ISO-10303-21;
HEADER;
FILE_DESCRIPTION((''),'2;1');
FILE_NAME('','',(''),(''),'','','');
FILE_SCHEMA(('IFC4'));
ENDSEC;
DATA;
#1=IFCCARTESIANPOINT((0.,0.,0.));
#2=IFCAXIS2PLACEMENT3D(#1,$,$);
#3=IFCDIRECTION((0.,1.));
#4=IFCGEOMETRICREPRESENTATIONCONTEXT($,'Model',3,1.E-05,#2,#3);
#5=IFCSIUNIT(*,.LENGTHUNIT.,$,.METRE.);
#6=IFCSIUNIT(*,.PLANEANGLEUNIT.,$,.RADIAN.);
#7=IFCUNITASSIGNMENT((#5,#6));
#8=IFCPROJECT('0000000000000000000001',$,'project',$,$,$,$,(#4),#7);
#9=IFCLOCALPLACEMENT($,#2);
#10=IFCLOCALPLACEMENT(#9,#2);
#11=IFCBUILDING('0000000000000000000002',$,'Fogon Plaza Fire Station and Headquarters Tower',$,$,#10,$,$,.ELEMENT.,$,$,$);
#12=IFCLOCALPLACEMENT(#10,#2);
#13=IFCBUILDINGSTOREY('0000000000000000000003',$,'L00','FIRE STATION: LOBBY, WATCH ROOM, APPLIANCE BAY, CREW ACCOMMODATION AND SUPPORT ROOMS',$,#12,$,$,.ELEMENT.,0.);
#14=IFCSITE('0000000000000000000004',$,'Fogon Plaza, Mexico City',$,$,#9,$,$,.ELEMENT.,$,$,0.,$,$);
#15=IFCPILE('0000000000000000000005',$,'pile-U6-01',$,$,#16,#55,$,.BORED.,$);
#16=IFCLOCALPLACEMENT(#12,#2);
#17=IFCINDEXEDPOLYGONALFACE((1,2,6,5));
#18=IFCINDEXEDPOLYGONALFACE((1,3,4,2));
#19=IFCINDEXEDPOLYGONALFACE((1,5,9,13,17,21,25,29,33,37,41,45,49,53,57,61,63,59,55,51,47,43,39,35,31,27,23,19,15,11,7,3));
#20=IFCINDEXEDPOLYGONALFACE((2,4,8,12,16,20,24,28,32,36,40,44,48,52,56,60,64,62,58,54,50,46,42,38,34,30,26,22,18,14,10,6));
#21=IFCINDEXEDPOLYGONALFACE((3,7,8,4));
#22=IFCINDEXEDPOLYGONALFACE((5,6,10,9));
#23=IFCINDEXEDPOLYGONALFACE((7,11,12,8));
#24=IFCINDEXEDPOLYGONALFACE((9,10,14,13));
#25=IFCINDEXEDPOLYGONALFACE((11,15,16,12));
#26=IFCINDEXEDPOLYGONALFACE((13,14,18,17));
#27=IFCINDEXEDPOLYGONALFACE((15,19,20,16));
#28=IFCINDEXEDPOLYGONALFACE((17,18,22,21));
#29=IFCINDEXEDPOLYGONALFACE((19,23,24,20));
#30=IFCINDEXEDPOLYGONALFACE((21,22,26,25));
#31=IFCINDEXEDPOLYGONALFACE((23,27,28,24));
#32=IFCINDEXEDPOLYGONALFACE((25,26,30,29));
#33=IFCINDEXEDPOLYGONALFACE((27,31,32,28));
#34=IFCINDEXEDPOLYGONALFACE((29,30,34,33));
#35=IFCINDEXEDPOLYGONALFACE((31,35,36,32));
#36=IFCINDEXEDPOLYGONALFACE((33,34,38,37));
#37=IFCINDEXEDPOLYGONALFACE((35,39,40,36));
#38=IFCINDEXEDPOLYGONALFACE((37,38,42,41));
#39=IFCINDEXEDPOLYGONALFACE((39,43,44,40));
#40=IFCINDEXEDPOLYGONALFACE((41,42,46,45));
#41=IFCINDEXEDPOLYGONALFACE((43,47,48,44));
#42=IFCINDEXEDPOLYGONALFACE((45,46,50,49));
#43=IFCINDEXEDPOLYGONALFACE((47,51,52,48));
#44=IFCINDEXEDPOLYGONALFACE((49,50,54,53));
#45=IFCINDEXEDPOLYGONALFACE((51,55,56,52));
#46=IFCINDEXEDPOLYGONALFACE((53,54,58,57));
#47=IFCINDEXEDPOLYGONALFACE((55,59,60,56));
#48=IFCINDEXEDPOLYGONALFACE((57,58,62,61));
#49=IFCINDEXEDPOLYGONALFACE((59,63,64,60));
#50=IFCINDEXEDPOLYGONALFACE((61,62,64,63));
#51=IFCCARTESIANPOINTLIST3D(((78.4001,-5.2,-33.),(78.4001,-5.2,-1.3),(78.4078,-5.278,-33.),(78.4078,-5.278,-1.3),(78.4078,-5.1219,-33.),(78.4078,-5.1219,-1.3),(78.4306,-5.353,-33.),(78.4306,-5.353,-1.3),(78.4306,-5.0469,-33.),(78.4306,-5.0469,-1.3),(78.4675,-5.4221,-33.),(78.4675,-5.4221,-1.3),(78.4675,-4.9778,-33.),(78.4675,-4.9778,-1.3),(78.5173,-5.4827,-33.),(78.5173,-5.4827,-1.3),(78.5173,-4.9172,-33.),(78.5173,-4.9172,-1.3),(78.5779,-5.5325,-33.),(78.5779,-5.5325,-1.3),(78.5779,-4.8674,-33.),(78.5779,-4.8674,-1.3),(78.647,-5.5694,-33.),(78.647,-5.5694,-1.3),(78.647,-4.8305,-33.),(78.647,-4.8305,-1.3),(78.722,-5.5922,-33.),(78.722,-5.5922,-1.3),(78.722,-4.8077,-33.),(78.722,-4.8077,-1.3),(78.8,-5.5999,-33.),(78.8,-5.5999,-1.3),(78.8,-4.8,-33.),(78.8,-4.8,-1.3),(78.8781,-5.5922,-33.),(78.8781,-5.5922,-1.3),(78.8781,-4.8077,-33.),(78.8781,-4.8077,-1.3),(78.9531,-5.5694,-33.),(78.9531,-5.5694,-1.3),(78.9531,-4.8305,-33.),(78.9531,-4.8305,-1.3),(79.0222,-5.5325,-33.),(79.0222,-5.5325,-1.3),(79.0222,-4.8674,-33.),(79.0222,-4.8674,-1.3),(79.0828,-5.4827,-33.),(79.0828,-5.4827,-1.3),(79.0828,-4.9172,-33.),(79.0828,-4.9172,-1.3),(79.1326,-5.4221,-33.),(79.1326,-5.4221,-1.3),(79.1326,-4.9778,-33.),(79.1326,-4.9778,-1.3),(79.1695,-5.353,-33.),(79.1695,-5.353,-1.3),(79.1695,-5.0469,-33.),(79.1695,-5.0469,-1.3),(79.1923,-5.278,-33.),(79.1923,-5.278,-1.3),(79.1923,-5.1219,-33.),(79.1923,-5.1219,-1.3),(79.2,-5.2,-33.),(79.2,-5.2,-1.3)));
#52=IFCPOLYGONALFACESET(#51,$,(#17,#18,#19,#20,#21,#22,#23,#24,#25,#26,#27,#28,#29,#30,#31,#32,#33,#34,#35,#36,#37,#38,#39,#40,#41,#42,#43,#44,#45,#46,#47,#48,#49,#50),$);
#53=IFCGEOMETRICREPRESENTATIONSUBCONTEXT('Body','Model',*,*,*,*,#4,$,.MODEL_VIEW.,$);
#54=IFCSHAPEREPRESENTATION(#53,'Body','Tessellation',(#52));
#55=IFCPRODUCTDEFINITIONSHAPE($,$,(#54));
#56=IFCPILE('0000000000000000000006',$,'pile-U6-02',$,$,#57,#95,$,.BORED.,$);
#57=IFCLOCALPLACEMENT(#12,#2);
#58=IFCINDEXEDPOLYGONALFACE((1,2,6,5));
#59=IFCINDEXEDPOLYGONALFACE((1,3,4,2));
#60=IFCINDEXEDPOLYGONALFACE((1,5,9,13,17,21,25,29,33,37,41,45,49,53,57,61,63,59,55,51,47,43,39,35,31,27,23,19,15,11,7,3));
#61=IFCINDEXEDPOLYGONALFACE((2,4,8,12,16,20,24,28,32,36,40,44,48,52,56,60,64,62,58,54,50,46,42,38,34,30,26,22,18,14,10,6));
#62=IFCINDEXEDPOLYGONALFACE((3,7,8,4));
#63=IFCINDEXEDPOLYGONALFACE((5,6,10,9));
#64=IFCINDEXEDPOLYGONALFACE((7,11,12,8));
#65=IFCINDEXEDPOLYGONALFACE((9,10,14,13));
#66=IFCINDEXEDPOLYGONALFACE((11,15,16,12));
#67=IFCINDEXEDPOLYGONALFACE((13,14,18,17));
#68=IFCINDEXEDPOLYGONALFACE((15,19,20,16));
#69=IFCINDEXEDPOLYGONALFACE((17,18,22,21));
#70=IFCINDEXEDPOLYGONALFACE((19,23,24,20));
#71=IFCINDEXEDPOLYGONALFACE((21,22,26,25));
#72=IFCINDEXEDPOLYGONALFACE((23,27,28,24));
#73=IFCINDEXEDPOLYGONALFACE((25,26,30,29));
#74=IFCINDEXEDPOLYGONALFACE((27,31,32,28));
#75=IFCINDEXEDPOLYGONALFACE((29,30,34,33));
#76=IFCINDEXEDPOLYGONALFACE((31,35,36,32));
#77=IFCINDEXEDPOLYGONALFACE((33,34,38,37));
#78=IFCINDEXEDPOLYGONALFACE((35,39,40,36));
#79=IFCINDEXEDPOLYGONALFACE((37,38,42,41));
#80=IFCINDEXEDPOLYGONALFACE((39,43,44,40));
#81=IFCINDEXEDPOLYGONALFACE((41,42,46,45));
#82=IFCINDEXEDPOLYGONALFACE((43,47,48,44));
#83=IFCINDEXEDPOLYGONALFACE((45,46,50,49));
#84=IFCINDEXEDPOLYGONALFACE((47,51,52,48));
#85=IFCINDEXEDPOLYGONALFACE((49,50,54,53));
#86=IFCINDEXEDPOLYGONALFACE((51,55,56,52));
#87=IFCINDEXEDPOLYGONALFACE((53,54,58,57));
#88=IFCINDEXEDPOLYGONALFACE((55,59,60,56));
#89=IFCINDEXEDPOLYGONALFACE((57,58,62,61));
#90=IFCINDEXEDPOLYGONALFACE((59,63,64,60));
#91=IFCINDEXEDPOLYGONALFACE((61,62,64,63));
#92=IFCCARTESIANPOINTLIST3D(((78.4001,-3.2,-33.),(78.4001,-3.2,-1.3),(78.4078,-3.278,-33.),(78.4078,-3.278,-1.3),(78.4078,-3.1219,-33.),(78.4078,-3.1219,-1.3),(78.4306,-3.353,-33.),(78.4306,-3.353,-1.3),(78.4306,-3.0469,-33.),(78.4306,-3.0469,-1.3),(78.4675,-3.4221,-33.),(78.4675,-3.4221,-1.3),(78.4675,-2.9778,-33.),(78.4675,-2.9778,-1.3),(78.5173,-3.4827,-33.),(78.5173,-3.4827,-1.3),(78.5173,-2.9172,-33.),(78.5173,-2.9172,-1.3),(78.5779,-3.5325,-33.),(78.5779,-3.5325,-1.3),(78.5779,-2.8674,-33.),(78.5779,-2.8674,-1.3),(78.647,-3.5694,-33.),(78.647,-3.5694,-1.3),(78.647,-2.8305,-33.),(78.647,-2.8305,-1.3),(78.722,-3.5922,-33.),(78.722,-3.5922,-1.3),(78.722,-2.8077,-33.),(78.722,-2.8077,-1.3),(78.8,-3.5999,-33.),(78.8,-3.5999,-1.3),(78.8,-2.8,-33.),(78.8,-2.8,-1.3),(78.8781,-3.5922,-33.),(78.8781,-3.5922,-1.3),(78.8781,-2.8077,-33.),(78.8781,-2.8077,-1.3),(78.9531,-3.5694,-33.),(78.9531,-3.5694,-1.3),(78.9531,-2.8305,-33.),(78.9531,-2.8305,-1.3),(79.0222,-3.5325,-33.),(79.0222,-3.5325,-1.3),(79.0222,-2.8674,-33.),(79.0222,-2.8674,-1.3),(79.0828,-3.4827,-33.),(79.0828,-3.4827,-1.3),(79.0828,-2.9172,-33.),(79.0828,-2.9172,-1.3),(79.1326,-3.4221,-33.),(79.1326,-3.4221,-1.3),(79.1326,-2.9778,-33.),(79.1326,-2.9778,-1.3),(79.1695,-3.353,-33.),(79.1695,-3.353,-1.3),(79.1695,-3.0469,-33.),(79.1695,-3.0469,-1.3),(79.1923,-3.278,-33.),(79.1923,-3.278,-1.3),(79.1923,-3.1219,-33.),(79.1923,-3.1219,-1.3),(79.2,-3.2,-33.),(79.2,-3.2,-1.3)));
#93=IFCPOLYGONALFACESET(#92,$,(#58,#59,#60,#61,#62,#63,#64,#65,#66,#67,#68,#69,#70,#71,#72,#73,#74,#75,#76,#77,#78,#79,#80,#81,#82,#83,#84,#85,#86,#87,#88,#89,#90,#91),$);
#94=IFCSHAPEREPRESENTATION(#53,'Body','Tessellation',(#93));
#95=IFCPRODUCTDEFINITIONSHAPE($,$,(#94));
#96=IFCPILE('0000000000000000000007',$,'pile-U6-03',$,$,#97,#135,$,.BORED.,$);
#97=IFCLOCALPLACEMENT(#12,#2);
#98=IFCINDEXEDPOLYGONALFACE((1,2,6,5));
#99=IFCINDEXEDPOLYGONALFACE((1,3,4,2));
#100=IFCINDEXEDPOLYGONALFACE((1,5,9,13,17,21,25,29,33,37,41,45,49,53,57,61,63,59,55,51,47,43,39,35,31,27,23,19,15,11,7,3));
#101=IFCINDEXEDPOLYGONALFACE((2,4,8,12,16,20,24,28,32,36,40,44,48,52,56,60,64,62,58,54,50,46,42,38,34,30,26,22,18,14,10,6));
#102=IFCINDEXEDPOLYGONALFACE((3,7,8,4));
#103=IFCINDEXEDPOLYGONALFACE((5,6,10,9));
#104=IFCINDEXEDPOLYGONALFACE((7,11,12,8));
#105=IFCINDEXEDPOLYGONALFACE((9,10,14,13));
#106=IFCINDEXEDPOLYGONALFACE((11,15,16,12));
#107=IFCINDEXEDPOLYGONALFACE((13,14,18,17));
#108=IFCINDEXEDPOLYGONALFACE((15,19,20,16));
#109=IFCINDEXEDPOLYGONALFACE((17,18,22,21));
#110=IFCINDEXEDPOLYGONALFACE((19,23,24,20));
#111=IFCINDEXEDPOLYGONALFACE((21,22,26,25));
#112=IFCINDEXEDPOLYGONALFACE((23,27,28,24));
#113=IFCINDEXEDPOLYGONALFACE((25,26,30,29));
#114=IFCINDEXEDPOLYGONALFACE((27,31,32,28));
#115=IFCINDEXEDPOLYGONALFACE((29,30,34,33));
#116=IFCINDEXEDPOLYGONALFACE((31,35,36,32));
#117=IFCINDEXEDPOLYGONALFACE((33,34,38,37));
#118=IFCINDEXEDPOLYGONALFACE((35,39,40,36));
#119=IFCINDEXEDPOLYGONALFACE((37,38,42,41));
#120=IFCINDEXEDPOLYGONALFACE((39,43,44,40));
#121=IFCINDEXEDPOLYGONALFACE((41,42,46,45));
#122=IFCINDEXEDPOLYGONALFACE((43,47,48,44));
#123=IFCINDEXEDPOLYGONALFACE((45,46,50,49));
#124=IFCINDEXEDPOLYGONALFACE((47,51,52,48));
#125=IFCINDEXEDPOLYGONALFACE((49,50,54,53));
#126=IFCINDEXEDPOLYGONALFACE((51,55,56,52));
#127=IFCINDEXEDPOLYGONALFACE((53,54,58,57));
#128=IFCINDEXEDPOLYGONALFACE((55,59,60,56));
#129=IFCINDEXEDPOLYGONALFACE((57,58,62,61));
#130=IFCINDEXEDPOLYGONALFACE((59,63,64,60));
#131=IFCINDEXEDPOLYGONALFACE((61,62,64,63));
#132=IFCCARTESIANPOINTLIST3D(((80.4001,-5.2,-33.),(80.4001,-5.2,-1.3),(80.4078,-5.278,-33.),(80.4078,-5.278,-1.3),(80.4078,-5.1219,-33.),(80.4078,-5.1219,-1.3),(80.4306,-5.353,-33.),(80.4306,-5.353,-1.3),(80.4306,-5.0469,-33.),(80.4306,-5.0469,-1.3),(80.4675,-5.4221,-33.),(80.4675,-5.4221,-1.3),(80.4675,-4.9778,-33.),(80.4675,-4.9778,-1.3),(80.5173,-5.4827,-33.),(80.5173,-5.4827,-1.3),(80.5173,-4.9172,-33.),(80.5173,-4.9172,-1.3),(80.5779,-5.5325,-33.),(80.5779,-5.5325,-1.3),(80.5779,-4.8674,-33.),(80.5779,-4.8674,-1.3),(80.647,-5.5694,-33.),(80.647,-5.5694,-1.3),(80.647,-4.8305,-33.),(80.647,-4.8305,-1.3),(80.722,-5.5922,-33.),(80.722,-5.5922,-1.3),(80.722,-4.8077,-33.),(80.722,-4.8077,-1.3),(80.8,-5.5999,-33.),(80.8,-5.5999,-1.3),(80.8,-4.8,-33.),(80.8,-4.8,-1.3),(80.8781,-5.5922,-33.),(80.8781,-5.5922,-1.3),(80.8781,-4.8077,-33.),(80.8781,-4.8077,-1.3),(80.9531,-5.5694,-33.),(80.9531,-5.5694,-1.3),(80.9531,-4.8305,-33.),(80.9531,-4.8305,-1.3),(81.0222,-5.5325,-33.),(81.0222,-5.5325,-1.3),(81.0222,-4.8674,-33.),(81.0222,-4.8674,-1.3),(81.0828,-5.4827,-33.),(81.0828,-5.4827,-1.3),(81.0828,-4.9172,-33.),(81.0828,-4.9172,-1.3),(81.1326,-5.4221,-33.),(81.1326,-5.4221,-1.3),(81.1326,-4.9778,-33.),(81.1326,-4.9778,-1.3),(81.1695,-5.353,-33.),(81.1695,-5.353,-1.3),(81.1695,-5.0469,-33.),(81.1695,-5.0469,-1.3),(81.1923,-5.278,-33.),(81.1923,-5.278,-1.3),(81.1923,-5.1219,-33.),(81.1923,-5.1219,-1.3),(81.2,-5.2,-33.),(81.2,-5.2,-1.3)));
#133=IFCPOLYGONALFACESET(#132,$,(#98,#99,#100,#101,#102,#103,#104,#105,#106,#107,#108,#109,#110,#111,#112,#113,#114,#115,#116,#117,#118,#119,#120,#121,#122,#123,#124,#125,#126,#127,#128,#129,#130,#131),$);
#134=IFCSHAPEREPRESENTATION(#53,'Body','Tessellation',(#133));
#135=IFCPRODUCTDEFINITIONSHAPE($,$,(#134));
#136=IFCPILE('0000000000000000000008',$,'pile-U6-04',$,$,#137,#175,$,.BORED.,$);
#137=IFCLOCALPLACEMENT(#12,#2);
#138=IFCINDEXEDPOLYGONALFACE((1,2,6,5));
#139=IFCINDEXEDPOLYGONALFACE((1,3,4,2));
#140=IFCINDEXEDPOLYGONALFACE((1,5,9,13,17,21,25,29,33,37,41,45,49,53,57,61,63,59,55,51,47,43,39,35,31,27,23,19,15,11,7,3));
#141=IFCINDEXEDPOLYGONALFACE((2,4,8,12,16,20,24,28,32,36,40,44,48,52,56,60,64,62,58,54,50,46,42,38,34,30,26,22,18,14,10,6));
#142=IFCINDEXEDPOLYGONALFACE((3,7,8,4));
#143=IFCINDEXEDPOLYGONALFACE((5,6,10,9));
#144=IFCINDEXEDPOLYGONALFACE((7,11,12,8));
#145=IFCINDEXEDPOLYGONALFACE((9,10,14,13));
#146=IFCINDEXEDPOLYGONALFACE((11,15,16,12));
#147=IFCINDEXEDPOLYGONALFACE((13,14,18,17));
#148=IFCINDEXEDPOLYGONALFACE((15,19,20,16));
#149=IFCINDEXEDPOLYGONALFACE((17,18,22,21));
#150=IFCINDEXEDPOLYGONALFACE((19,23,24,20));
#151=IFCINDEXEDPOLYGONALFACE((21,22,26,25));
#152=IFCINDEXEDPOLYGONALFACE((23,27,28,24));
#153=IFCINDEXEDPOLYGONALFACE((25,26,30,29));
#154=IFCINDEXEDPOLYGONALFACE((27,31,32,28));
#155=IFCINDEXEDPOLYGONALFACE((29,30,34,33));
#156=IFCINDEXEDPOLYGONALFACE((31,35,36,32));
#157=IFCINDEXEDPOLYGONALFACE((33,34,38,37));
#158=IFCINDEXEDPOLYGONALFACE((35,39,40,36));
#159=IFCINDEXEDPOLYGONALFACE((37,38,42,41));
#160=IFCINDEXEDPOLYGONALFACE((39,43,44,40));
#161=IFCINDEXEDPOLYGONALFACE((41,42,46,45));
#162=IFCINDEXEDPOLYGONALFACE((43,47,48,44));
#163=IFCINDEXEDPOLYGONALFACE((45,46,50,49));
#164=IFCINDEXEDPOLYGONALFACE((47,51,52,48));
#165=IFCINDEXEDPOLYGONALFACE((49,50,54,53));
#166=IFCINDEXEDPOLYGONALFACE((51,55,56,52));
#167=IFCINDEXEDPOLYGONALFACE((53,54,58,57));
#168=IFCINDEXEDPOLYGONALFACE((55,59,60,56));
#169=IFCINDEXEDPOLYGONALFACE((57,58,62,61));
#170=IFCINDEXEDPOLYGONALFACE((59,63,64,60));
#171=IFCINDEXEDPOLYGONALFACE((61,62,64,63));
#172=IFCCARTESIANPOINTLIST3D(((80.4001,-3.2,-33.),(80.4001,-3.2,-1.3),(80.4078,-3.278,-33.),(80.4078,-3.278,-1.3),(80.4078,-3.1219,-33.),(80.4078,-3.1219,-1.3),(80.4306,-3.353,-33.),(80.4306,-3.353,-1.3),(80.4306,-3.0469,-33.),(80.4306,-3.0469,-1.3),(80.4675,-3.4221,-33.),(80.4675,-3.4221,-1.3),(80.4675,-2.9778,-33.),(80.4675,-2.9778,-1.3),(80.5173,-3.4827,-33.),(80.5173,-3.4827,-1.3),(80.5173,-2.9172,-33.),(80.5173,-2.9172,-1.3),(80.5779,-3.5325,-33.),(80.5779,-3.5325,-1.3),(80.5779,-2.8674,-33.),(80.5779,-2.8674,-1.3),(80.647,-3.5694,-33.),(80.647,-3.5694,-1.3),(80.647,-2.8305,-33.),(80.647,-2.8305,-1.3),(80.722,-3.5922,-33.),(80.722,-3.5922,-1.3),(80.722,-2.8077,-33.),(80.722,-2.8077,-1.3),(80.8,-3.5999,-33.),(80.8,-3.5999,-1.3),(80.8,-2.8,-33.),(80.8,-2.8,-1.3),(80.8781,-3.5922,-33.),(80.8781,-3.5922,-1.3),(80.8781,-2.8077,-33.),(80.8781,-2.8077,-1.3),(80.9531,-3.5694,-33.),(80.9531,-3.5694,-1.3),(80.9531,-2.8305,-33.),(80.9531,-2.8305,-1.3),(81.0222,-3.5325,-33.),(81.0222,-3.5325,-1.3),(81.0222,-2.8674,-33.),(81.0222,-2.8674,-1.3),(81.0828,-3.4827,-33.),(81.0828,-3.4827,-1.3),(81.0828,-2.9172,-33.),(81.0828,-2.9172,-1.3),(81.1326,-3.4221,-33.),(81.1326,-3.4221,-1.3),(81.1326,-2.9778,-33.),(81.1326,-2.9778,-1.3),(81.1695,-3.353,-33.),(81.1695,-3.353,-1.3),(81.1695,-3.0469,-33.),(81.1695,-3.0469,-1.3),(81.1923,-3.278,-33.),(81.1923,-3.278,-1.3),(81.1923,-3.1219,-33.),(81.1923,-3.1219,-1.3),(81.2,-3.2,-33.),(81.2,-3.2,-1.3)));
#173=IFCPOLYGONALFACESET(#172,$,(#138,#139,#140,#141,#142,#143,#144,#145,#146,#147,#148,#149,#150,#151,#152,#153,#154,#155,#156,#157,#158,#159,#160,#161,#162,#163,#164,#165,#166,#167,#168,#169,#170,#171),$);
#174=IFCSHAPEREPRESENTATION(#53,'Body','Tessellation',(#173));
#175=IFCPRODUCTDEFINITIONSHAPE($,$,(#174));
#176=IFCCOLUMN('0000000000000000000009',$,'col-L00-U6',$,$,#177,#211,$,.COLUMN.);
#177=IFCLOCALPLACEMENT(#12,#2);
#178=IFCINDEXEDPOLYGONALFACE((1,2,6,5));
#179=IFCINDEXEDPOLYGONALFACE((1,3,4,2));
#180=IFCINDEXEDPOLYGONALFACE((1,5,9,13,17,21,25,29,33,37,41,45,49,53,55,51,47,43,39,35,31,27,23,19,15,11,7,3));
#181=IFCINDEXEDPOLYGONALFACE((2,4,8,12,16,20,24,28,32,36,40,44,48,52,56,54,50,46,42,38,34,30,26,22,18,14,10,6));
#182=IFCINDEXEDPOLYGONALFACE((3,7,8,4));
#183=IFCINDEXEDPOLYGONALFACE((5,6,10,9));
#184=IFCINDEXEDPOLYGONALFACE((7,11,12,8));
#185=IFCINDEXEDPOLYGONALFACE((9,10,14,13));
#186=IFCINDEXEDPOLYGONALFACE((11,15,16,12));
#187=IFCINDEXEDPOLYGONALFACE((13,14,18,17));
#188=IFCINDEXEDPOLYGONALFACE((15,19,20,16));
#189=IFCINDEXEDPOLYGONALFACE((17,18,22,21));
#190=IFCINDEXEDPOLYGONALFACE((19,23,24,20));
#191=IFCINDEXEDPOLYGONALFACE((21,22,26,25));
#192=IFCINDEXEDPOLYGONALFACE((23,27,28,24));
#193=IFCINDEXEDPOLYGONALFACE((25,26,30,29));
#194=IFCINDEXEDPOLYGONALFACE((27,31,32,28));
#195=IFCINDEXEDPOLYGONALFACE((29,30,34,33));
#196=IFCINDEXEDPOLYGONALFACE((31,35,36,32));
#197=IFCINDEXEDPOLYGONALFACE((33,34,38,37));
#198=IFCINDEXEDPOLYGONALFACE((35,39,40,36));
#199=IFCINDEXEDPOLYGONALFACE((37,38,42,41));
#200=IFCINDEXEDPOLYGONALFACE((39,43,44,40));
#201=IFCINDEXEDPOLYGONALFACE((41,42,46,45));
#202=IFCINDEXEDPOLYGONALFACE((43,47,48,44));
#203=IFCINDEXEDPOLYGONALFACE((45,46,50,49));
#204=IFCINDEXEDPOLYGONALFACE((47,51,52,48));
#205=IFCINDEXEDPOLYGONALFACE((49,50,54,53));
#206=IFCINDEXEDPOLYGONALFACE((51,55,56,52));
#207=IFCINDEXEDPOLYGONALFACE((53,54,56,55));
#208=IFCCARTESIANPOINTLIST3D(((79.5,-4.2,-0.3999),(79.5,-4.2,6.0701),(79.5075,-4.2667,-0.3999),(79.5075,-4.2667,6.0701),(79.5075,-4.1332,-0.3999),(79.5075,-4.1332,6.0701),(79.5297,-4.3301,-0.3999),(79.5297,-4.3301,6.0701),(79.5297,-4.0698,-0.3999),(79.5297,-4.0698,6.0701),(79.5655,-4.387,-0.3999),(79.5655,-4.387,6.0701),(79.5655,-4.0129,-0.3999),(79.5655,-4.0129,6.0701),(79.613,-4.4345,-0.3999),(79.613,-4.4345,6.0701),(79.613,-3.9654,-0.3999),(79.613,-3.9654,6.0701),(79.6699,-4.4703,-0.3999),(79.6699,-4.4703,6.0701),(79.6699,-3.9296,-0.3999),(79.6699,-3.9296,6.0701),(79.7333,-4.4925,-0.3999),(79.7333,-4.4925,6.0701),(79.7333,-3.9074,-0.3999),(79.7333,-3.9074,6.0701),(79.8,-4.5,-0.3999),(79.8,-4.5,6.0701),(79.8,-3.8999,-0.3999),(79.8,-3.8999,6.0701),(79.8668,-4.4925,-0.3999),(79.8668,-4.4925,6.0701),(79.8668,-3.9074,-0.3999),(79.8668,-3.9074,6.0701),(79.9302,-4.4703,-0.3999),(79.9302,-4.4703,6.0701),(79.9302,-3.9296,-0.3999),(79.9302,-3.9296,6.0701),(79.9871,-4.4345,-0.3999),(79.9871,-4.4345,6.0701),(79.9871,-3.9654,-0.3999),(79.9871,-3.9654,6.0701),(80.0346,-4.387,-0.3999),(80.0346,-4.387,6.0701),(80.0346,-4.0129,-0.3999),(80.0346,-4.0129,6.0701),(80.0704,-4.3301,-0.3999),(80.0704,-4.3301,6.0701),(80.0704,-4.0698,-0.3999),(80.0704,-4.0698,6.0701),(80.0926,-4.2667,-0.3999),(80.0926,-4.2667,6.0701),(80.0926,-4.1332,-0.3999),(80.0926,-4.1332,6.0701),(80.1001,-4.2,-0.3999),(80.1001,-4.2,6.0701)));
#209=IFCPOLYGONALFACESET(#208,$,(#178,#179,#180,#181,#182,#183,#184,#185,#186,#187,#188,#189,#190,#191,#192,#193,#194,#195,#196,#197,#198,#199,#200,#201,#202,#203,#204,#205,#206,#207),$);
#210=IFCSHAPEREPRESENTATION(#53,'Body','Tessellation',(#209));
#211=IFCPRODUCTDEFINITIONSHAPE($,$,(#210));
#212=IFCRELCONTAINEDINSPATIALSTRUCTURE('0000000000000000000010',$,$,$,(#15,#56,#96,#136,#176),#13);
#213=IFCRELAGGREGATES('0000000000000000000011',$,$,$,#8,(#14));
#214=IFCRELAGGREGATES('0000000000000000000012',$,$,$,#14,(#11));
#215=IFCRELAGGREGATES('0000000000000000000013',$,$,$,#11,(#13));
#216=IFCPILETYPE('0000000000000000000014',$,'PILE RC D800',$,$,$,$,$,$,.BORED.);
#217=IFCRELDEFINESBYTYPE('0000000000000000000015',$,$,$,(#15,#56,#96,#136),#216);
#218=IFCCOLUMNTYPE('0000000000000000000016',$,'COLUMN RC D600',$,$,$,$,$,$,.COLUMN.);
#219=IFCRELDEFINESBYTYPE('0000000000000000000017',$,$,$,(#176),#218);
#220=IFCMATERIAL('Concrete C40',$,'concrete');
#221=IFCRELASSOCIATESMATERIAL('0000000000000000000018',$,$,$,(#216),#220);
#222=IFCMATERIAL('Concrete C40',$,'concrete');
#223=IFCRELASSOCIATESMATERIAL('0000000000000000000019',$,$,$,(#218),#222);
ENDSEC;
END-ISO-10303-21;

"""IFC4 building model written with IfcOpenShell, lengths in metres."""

from ifc_helpers import new_model, si_unit, direction, frame, origin, origin_2d, place, context, subcontext, project, spatial, circle, extrude, material, material_profile, profile_set, type_object, element, save


model = new_model("IFC4")

# Units and contexts
model_context = context("Model", 3, precision=1e-05, world=origin(), true_north=direction((0.0, 1.0)))
body_context = subcontext(model_context, "Body", "Model", "MODEL_VIEW")
ifc_project = project(units=[si_unit("LENGTHUNIT", "METRE"), si_unit("PLANEANGLEUNIT", "RADIAN")], contexts=[model_context])

# Site, building, storey
site_placement = place(None, origin())
site = spatial("IfcSite", under=ifc_project, at=site_placement, Name="Fogon Plaza, Mexico City", CompositionType="ELEMENT", RefElevation=0.0)
building_placement = place(site_placement, origin())
building = spatial("IfcBuilding", under=site, at=building_placement, Name="Fogon Plaza Fire Station and Headquarters Tower", CompositionType="ELEMENT")
storey_placement = place(building_placement, origin())
storey = spatial("IfcBuildingStorey", under=building, at=storey_placement, Name="L00", Description="FIRE STATION: LOBBY, WATCH ROOM, APPLIANCE BAY, CREW ACCOMMODATION AND SUPPORT ROOMS", CompositionType="ELEMENT", Elevation=0.0)

# Piles
ifc_material_1 = material(Name="Concrete C40", Category="concrete")
ifc_material_profile_1 = material_profile(ifc_material_1, circle(Radius=0.3999, at=origin_2d()), Name="RC D800")
ifc_profile_set_1 = profile_set([ifc_material_profile_1], Name="Concrete C40")
pile_type = type_object("IfcPileType", Name="PILE RC D800", PredefinedType="BORED", material=ifc_profile_set_1)
for number, where, z_axis, x_axis, name in (
    (1, (78.8, -5.2, -1.3), (0.0, 0.0, -1.0), (1.0, 0.0, 0.0), "pile-U6-01"),
    (2, (78.8, -3.2, -1.3), (0.0, 0.0, -1.0), (1.0, 0.0, 0.0), "pile-U6-02"),
    (3, (80.8, -5.2, -1.3), (0.0, 0.0, -1.0), (1.0, 0.0, 0.0), "pile-U6-03"),
    (4, (80.8, -3.2, -1.3), (0.0, 0.0, -1.0), (1.0, 0.0, 0.0), "pile-U6-04"),
):
    element("IfcPile", number, at=place(storey_placement, frame(where, z_axis=z_axis, x_axis=x_axis)), inside=storey, type_object=pile_type, Name=name, PredefinedType="BORED", context=body_context, shape_type="SweptSolid", body=[
        extrude(circle(Radius=0.3999, at=origin_2d()), origin(), (0.0, 0.0, 1.0), 31.7),
    ])

# Column
ifc_material_2 = material(Name="Concrete C40", Category="concrete")
ifc_material_profile_2 = material_profile(ifc_material_2, circle(Radius=0.3, at=origin_2d()), Name="RC D600")
ifc_profile_set_2 = profile_set([ifc_material_profile_2], Name="Concrete C40")
column_type_1 = type_object("IfcColumnType", Name="COLUMN RC D600", PredefinedType="COLUMN", material=ifc_profile_set_2)
column_placement = place(storey_placement, frame((79.8, -4.2, -0.3999), z_axis=(0.0, 0.0, 1.0), x_axis=(1.0, 0.0, 0.0)))
element("IfcColumn", 5, at=column_placement, inside=storey, type_object=column_type_1, Name="col-L00-U6", PredefinedType="COLUMN", context=body_context, shape_type="SweptSolid", body=[
    extrude(circle(Radius=0.3, at=origin_2d()), origin(), (0.0, 0.0, 1.0), 6.47),
])

save(model, "model.ifc")
